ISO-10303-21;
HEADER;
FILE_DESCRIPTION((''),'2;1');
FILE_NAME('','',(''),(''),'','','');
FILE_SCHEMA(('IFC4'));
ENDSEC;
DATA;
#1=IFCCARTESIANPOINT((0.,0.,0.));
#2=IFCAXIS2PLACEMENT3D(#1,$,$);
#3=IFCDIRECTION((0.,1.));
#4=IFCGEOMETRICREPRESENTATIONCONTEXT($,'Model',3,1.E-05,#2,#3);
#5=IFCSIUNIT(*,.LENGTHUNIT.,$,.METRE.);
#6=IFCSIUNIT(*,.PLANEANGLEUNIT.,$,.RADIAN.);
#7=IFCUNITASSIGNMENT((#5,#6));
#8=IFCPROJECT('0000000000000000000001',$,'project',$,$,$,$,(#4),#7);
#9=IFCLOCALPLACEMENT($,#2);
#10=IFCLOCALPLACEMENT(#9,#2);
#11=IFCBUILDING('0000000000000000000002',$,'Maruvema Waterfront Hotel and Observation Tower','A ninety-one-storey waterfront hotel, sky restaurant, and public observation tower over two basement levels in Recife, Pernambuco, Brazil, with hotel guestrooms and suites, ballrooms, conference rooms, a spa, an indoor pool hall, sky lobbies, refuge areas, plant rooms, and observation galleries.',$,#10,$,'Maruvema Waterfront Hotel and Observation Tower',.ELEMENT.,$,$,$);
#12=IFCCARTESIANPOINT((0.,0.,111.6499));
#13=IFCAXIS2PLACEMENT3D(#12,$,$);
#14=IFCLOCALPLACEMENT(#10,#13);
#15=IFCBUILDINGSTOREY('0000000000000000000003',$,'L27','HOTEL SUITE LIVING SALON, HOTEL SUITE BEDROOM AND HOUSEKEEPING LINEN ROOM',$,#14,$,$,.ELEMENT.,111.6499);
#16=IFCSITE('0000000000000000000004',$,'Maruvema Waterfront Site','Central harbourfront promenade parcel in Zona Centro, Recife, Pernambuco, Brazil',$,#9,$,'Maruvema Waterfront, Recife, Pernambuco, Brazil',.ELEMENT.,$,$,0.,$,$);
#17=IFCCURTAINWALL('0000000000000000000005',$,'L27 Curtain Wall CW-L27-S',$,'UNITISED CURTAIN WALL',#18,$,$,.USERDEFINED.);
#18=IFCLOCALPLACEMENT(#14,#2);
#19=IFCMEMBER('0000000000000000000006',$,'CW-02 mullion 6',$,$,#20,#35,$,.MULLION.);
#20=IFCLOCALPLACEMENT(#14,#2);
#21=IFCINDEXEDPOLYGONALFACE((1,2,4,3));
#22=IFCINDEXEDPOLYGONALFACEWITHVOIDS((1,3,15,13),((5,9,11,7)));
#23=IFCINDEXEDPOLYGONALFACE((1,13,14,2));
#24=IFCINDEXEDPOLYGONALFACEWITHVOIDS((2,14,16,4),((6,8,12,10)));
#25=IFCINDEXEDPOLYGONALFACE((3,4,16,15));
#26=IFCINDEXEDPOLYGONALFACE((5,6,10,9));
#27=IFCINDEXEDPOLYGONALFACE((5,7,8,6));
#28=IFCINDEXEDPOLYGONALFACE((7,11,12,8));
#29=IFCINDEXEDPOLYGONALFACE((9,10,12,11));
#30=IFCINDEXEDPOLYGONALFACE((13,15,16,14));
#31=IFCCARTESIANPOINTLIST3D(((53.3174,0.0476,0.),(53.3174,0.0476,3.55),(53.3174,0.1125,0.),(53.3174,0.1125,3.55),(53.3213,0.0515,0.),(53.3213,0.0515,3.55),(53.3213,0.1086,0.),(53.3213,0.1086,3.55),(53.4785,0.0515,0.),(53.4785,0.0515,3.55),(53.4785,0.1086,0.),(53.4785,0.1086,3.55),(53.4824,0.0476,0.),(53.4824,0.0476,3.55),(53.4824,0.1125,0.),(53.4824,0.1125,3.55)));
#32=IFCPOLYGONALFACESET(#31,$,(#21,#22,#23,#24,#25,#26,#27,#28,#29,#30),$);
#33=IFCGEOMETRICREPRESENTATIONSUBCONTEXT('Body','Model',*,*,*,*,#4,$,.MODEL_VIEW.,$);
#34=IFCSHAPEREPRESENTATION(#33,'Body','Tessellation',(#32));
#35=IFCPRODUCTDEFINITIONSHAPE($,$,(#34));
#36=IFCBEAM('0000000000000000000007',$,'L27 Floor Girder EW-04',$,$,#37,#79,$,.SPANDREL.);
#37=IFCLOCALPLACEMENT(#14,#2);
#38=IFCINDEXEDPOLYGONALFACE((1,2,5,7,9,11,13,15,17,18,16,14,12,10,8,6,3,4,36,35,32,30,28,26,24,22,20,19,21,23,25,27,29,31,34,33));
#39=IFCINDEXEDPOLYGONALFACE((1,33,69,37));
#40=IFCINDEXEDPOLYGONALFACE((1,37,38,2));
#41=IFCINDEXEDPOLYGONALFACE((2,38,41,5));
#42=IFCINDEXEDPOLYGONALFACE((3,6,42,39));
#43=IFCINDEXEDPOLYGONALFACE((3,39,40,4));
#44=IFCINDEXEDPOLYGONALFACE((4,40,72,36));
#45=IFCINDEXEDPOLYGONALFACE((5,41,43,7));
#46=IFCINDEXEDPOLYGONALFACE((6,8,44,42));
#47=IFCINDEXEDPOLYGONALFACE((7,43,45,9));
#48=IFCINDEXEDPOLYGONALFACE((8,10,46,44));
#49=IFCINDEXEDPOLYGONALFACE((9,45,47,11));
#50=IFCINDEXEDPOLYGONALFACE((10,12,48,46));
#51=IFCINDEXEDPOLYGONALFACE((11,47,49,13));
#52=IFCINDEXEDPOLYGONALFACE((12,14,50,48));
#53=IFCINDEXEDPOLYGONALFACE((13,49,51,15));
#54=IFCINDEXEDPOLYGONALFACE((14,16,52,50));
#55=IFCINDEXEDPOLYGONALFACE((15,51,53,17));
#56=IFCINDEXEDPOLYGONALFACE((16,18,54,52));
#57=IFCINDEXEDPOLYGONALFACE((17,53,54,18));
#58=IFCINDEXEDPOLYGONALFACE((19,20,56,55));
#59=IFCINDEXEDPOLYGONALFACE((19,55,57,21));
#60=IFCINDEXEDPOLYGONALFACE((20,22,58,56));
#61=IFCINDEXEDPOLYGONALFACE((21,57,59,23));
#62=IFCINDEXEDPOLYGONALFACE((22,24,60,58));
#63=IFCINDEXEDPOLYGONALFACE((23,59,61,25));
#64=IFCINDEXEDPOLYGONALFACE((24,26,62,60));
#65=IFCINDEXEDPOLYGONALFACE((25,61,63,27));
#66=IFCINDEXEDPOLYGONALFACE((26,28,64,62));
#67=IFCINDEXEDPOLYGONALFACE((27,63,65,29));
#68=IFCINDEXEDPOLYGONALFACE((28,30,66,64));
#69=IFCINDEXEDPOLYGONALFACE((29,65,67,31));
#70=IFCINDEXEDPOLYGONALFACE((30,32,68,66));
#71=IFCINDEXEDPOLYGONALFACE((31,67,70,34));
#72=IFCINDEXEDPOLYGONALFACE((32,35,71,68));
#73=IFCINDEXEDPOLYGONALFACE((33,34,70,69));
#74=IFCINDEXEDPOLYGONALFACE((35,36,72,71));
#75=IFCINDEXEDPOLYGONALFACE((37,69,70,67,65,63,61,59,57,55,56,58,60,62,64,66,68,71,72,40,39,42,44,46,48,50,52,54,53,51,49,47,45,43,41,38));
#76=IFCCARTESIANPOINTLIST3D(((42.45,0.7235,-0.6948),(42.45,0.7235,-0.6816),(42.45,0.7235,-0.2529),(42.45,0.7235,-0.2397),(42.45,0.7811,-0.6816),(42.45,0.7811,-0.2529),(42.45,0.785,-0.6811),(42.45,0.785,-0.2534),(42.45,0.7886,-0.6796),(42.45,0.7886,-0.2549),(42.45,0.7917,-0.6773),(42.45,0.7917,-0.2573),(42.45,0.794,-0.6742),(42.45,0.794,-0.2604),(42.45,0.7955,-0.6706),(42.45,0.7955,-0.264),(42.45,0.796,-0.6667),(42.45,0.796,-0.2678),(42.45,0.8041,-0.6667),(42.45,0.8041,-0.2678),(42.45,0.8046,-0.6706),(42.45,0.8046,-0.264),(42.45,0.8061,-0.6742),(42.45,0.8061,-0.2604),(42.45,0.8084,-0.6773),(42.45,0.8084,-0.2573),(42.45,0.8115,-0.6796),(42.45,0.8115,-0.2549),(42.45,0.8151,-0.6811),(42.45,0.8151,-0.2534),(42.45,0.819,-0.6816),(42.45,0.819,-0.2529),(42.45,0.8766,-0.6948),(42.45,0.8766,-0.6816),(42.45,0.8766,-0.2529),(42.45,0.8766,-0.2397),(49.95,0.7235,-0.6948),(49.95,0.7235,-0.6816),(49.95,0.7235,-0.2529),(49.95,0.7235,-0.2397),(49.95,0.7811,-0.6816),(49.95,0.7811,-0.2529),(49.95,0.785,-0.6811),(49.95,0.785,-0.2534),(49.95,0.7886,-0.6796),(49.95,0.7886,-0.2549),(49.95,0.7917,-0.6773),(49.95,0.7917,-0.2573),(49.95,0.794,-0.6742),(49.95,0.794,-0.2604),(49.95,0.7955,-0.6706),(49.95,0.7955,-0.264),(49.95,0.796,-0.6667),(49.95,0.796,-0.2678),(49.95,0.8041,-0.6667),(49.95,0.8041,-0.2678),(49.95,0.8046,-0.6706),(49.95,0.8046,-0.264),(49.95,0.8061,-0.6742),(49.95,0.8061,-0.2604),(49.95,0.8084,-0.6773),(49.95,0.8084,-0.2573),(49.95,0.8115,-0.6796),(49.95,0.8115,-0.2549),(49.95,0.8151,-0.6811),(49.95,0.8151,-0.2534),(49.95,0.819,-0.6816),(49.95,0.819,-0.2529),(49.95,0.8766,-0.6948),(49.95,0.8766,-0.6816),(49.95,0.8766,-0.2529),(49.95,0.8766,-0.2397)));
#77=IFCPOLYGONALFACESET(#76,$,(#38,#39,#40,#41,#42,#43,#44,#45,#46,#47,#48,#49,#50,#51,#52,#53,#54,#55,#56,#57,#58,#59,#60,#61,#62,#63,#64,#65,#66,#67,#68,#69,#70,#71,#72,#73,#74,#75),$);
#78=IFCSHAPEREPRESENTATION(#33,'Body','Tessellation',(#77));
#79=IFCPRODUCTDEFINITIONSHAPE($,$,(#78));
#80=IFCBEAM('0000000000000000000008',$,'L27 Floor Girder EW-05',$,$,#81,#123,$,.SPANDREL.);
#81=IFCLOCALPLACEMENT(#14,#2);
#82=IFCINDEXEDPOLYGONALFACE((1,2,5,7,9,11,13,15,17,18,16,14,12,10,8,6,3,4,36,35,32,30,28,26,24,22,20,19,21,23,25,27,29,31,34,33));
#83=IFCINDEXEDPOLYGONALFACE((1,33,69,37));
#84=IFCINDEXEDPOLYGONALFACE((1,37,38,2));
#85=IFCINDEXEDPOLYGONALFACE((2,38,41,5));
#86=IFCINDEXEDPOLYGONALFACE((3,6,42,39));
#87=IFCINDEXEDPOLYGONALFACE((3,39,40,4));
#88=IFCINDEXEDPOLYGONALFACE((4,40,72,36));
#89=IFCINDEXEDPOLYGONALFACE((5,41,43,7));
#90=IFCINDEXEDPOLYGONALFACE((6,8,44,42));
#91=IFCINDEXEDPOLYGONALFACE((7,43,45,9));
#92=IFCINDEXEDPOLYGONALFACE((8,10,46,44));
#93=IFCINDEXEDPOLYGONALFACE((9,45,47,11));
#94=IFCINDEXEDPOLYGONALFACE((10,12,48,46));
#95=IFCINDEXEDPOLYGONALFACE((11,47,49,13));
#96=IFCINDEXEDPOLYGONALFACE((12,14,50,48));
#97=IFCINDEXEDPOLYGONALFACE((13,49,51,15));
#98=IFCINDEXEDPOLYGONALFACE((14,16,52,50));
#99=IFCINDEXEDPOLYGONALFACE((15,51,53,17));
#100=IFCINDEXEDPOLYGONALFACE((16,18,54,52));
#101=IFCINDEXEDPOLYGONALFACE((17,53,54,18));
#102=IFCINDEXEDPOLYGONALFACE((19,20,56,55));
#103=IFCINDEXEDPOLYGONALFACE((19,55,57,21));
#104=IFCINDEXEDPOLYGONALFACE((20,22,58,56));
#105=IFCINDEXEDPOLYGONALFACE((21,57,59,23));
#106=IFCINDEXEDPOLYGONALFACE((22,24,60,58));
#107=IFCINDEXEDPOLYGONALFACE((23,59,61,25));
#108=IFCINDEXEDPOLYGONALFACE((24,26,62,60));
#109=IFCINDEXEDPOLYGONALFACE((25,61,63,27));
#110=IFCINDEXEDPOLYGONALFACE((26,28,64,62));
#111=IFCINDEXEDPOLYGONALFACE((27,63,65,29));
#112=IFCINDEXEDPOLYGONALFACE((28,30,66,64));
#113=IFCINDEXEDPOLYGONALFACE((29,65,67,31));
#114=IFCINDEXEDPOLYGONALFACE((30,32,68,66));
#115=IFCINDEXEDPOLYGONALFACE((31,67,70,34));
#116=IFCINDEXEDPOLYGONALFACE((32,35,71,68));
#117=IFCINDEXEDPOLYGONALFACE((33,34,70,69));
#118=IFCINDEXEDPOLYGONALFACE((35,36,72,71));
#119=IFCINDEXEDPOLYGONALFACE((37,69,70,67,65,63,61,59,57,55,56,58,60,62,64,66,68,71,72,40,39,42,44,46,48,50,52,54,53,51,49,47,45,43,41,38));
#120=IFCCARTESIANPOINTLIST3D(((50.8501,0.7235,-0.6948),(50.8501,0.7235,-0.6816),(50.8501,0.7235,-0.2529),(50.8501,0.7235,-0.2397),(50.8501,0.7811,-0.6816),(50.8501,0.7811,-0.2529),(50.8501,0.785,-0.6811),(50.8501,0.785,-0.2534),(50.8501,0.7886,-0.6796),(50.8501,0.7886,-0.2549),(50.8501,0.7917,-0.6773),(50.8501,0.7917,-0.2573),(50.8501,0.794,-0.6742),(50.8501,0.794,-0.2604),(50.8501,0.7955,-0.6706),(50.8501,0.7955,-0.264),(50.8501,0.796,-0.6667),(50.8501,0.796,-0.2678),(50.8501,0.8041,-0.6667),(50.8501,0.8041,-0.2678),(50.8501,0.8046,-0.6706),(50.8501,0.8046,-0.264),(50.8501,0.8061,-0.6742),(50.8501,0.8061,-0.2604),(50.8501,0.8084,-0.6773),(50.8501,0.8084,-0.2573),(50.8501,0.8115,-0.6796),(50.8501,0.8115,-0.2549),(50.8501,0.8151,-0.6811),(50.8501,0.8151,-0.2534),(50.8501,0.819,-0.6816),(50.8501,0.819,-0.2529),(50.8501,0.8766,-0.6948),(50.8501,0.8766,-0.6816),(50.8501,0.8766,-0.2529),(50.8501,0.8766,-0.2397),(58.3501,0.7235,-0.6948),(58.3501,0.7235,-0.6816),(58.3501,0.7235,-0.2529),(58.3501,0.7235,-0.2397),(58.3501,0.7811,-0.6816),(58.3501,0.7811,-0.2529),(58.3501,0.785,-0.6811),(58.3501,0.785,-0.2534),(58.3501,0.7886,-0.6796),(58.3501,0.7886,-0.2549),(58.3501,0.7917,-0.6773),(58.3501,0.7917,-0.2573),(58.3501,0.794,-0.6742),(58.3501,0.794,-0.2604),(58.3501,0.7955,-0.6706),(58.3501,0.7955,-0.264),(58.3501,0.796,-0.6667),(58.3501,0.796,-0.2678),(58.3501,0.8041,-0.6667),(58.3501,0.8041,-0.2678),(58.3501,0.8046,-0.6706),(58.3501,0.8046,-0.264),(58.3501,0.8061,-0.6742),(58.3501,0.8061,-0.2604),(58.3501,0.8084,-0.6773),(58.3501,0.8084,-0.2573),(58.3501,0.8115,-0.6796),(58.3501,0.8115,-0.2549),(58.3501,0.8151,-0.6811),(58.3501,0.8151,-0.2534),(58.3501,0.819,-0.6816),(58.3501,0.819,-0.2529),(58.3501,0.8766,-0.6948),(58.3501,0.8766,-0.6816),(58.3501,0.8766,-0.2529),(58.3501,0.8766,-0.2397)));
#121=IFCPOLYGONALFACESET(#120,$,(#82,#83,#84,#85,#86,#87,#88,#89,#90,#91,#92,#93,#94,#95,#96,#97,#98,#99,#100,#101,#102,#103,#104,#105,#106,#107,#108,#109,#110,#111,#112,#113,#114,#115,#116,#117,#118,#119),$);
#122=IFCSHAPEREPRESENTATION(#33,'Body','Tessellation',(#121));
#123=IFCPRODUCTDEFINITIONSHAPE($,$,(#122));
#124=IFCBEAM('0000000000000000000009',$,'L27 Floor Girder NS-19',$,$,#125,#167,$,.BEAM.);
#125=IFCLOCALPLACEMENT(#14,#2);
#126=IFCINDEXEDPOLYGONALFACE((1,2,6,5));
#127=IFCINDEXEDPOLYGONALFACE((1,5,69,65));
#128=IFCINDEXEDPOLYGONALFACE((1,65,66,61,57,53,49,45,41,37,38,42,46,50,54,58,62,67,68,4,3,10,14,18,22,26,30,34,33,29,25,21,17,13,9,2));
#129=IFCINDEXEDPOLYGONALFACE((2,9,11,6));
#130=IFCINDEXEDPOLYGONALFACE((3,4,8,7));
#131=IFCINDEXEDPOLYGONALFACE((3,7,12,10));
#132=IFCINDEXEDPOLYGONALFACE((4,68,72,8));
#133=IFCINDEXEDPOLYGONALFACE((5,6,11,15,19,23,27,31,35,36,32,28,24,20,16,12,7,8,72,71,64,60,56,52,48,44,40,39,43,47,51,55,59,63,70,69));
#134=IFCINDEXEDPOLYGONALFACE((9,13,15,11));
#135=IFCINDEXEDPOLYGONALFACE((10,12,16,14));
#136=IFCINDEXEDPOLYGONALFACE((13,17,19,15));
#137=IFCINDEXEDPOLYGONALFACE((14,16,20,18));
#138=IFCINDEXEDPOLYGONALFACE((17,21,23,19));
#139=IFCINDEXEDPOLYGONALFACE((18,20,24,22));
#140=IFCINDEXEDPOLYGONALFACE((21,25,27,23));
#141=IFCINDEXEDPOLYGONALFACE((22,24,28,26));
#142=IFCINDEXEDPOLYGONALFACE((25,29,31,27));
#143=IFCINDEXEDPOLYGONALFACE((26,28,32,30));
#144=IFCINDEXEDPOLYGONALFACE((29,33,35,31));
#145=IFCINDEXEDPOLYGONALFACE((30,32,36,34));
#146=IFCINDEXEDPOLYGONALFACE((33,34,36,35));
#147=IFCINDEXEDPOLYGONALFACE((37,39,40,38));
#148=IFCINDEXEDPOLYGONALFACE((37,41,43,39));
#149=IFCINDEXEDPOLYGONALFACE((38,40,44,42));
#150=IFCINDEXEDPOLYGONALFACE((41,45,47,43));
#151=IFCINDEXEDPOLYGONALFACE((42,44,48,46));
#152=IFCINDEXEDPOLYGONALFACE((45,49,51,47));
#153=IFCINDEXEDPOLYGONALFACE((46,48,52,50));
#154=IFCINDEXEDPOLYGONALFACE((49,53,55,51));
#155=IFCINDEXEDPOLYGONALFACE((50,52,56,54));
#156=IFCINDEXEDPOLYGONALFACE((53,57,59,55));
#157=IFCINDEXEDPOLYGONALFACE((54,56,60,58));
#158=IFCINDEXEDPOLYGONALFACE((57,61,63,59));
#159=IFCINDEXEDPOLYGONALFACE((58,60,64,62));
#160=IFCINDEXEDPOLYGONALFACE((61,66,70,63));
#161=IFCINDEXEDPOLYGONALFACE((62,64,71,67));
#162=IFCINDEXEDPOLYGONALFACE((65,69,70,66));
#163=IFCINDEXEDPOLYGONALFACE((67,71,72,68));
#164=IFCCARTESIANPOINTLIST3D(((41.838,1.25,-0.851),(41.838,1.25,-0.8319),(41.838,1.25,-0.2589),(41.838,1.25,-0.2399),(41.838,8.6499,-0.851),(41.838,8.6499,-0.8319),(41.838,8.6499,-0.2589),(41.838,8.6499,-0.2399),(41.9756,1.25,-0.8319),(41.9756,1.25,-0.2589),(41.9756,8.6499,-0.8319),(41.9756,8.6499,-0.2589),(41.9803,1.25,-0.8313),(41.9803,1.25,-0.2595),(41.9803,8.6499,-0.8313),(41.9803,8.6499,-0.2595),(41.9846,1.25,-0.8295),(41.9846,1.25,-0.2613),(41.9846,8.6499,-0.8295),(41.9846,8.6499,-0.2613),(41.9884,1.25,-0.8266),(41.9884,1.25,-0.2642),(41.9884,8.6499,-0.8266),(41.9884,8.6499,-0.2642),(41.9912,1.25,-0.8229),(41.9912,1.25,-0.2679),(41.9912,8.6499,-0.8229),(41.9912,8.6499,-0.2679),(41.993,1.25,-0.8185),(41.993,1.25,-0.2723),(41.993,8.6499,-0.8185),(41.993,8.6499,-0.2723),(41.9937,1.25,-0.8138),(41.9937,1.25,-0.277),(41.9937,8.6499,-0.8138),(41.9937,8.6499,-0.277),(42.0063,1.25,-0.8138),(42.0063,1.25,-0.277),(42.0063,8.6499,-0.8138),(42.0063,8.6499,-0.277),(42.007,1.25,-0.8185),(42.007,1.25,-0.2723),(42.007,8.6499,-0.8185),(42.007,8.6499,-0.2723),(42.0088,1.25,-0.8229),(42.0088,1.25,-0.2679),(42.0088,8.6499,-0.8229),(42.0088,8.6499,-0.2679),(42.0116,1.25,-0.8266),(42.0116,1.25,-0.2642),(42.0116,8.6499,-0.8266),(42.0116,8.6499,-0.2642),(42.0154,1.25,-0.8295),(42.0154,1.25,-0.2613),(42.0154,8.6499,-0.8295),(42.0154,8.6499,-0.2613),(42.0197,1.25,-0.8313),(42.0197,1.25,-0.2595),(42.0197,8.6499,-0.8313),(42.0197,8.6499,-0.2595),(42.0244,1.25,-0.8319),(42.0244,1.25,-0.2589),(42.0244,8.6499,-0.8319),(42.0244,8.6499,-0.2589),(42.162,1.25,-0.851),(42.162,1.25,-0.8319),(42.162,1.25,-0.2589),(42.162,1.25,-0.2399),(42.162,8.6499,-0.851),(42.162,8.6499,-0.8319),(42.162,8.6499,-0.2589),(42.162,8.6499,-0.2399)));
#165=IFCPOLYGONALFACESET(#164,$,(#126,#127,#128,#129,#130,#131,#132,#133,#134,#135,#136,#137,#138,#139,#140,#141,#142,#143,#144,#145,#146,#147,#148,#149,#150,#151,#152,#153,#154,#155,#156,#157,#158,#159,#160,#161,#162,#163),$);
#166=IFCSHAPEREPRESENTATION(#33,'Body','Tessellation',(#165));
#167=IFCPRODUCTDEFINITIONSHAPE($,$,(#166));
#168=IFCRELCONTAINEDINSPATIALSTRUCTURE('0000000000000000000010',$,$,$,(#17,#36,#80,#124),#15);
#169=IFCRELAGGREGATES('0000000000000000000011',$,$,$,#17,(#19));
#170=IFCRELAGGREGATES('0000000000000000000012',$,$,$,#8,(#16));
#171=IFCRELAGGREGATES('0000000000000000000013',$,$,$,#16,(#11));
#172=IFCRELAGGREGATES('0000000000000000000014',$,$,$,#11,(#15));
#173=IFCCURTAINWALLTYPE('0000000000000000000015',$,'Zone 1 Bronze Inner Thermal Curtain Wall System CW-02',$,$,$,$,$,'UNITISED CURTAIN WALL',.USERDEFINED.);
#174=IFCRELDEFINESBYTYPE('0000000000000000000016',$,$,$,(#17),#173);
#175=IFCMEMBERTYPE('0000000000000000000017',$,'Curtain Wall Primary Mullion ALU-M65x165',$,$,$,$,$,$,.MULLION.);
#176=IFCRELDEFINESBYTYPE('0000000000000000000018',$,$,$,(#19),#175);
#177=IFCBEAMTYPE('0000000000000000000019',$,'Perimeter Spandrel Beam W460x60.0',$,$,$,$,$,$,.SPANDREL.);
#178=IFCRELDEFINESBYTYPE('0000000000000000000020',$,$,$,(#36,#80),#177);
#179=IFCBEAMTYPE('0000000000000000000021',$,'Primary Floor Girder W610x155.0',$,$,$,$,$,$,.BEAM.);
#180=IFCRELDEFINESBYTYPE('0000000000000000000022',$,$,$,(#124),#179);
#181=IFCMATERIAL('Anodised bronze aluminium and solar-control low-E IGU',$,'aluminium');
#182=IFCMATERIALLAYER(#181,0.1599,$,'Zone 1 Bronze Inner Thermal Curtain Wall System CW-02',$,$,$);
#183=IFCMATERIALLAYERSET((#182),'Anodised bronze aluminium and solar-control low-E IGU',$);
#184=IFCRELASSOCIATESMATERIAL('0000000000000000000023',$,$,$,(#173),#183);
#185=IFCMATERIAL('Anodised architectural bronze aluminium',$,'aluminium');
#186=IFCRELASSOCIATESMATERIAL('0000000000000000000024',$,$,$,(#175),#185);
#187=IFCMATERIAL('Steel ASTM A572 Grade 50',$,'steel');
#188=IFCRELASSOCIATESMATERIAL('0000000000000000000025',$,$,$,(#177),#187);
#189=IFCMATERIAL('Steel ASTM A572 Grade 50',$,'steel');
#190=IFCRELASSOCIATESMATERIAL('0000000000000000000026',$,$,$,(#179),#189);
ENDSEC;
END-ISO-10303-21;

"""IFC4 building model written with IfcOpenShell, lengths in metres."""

from ifc_helpers import new_model, si_unit, direction, frame, origin, origin_2d, place, context, subcontext, project, spatial, hollow_rectangle, i_section, extrude, material, layer, layer_set, material_profile, profile_set, type_object, element, aggregate, save


model = new_model("IFC4")

# Units and contexts
model_context = context("Model", 3, precision=1e-05, world=origin(), true_north=direction((0.0, 1.0)))
body_context = subcontext(model_context, "Body", "Model", "MODEL_VIEW")
ifc_project = project(units=[si_unit("LENGTHUNIT", "METRE"), si_unit("PLANEANGLEUNIT", "RADIAN")], contexts=[model_context])

# Site, building, storey
site_placement = place(None, origin())
site = spatial("IfcSite", under=ifc_project, at=site_placement, Name="Maruvema Waterfront Site", Description="Central harbourfront promenade parcel in Zona Centro, Recife, Pernambuco, Brazil", LongName="Maruvema Waterfront, Recife, Pernambuco, Brazil", CompositionType="ELEMENT", RefElevation=0.0)
building_placement = place(site_placement, origin())
building = spatial("IfcBuilding", under=site, at=building_placement, Name="Maruvema Waterfront Hotel and Observation Tower", Description="A ninety-one-storey waterfront hotel, sky restaurant, and public observation tower over two basement levels in Recife, Pernambuco, Brazil, with hotel guestrooms and suites, ballrooms, conference rooms, a spa, an indoor pool hall, sky lobbies, refuge areas, plant rooms, and observation galleries.", LongName="Maruvema Waterfront Hotel and Observation Tower", CompositionType="ELEMENT")
storey_placement = place(building_placement, frame((0.0, 0.0, 111.6499)))
storey = spatial("IfcBuildingStorey", under=building, at=storey_placement, Name="L27", Description="HOTEL SUITE LIVING SALON, HOTEL SUITE BEDROOM AND HOUSEKEEPING LINEN ROOM", CompositionType="ELEMENT", Elevation=111.6499)

# Curtain wall, member
ifc_material_1 = material(Name="Anodised bronze aluminium and solar-control low-E IGU", Category="aluminium")
ifc_layer_1 = layer(ifc_material_1, 0.1599, Name="Zone 1 Bronze Inner Thermal Curtain Wall System CW-02")
ifc_layer_set_1 = layer_set([ifc_layer_1], Name="Anodised bronze aluminium and solar-control low-E IGU")
curtain_wall_type = type_object("IfcCurtainWallType", Name="Zone 1 Bronze Inner Thermal Curtain Wall System CW-02", ElementType="UNITISED CURTAIN WALL", PredefinedType="USERDEFINED", material=ifc_layer_set_1)
curtain_wall_placement = place(storey_placement, origin())
curtain_wall = element("IfcCurtainWall", 1, at=curtain_wall_placement, inside=storey, type_object=curtain_wall_type, Name="L27 Curtain Wall CW-L27-S", ObjectType="UNITISED CURTAIN WALL", PredefinedType="USERDEFINED")
ifc_material_2 = material(Name="Anodised architectural bronze aluminium", Category="aluminium")
ifc_material_profile_1 = material_profile(ifc_material_2, hollow_rectangle(XDim=0.0649, YDim=0.165, WallThickness=0.0039, at=origin_2d()), Name="ALU-M65x165")
ifc_profile_set_1 = profile_set([ifc_material_profile_1], Name="Anodised architectural bronze aluminium")
member_type_1 = type_object("IfcMemberType", Name="Curtain Wall Primary Mullion ALU-M65x165", PredefinedType="MULLION", material=ifc_profile_set_1)
member_1_placement = place(storey_placement, frame((53.3999, 0.0801, 0.0), z_axis=(0.0, 0.0, 1.0), x_axis=(0.0, 1.0, 0.0)))
member_1 = element("IfcMember", 2, at=member_1_placement, type_object=member_type_1, Name="CW-02 mullion 6", PredefinedType="MULLION", context=body_context, shape_type="SweptSolid", body=[
    extrude(hollow_rectangle(XDim=0.0649, YDim=0.165, WallThickness=0.0039, at=origin_2d()), origin(), (0.0, 0.0, 1.0), 3.55),
])

# Beams
ifc_material_3 = material(Name="Steel ASTM A572 Grade 50", Category="steel")
ifc_material_profile_2 = material_profile(ifc_material_3, i_section(OverallWidth=0.1531, OverallDepth=0.4551, WebThickness=0.0081, FlangeThickness=0.0132, FilletRadius=0.0149, at=origin_2d()), Name="W460x60.0")
ifc_profile_set_2 = profile_set([ifc_material_profile_2], Name="Steel ASTM A572 Grade 50")
beam_type_1 = type_object("IfcBeamType", Name="Perimeter Spandrel Beam W460x60.0", PredefinedType="SPANDREL", material=ifc_profile_set_2)
for number, where, z_axis, x_axis, name in (
    (3, (42.45, 0.8, -0.4673), (1.0, 0.0, 0.0), (0.0, 1.0, 0.0), "L27 Floor Girder EW-04"),
    (4, (50.8501, 0.8, -0.4673), (1.0, 0.0, 0.0), (0.0, 1.0, 0.0), "L27 Floor Girder EW-05"),
):
    element("IfcBeam", number, at=place(storey_placement, frame(where, z_axis=z_axis, x_axis=x_axis)), inside=storey, type_object=beam_type_1, Name=name, PredefinedType="SPANDREL", context=body_context, shape_type="SweptSolid", body=[
        extrude(i_section(OverallWidth=0.1531, OverallDepth=0.4551, WebThickness=0.0081, FlangeThickness=0.0132, FilletRadius=0.0149, at=origin_2d()), origin(), (0.0, 0.0, 1.0), 7.5),
    ])
ifc_material_4 = material(Name="Steel ASTM A572 Grade 50", Category="steel")
ifc_material_profile_3 = material_profile(ifc_material_4, i_section(OverallWidth=0.324, OverallDepth=0.6111, WebThickness=0.0127, FlangeThickness=0.019, FilletRadius=0.0181, at=origin_2d()), Name="W610x155.0")
ifc_profile_set_3 = profile_set([ifc_material_profile_3], Name="Steel ASTM A572 Grade 50")
beam_type_2 = type_object("IfcBeamType", Name="Primary Floor Girder W610x155.0", PredefinedType="BEAM", material=ifc_profile_set_3)
beam_1_placement = place(storey_placement, frame((42.0, 1.25, -0.5454), z_axis=(0.0, 1.0, 0.0), x_axis=(-1.0, 0.0, 0.0)))
element("IfcBeam", 5, at=beam_1_placement, inside=storey, type_object=beam_type_2, Name="L27 Floor Girder NS-19", PredefinedType="BEAM", context=body_context, shape_type="SweptSolid", body=[
    extrude(i_section(OverallWidth=0.324, OverallDepth=0.6111, WebThickness=0.0127, FlangeThickness=0.019, FilletRadius=0.0181, at=origin_2d()), origin(), (0.0, 0.0, 1.0), 7.3999),
])

aggregate(curtain_wall, [member_1])

save(model, "model.ifc")
